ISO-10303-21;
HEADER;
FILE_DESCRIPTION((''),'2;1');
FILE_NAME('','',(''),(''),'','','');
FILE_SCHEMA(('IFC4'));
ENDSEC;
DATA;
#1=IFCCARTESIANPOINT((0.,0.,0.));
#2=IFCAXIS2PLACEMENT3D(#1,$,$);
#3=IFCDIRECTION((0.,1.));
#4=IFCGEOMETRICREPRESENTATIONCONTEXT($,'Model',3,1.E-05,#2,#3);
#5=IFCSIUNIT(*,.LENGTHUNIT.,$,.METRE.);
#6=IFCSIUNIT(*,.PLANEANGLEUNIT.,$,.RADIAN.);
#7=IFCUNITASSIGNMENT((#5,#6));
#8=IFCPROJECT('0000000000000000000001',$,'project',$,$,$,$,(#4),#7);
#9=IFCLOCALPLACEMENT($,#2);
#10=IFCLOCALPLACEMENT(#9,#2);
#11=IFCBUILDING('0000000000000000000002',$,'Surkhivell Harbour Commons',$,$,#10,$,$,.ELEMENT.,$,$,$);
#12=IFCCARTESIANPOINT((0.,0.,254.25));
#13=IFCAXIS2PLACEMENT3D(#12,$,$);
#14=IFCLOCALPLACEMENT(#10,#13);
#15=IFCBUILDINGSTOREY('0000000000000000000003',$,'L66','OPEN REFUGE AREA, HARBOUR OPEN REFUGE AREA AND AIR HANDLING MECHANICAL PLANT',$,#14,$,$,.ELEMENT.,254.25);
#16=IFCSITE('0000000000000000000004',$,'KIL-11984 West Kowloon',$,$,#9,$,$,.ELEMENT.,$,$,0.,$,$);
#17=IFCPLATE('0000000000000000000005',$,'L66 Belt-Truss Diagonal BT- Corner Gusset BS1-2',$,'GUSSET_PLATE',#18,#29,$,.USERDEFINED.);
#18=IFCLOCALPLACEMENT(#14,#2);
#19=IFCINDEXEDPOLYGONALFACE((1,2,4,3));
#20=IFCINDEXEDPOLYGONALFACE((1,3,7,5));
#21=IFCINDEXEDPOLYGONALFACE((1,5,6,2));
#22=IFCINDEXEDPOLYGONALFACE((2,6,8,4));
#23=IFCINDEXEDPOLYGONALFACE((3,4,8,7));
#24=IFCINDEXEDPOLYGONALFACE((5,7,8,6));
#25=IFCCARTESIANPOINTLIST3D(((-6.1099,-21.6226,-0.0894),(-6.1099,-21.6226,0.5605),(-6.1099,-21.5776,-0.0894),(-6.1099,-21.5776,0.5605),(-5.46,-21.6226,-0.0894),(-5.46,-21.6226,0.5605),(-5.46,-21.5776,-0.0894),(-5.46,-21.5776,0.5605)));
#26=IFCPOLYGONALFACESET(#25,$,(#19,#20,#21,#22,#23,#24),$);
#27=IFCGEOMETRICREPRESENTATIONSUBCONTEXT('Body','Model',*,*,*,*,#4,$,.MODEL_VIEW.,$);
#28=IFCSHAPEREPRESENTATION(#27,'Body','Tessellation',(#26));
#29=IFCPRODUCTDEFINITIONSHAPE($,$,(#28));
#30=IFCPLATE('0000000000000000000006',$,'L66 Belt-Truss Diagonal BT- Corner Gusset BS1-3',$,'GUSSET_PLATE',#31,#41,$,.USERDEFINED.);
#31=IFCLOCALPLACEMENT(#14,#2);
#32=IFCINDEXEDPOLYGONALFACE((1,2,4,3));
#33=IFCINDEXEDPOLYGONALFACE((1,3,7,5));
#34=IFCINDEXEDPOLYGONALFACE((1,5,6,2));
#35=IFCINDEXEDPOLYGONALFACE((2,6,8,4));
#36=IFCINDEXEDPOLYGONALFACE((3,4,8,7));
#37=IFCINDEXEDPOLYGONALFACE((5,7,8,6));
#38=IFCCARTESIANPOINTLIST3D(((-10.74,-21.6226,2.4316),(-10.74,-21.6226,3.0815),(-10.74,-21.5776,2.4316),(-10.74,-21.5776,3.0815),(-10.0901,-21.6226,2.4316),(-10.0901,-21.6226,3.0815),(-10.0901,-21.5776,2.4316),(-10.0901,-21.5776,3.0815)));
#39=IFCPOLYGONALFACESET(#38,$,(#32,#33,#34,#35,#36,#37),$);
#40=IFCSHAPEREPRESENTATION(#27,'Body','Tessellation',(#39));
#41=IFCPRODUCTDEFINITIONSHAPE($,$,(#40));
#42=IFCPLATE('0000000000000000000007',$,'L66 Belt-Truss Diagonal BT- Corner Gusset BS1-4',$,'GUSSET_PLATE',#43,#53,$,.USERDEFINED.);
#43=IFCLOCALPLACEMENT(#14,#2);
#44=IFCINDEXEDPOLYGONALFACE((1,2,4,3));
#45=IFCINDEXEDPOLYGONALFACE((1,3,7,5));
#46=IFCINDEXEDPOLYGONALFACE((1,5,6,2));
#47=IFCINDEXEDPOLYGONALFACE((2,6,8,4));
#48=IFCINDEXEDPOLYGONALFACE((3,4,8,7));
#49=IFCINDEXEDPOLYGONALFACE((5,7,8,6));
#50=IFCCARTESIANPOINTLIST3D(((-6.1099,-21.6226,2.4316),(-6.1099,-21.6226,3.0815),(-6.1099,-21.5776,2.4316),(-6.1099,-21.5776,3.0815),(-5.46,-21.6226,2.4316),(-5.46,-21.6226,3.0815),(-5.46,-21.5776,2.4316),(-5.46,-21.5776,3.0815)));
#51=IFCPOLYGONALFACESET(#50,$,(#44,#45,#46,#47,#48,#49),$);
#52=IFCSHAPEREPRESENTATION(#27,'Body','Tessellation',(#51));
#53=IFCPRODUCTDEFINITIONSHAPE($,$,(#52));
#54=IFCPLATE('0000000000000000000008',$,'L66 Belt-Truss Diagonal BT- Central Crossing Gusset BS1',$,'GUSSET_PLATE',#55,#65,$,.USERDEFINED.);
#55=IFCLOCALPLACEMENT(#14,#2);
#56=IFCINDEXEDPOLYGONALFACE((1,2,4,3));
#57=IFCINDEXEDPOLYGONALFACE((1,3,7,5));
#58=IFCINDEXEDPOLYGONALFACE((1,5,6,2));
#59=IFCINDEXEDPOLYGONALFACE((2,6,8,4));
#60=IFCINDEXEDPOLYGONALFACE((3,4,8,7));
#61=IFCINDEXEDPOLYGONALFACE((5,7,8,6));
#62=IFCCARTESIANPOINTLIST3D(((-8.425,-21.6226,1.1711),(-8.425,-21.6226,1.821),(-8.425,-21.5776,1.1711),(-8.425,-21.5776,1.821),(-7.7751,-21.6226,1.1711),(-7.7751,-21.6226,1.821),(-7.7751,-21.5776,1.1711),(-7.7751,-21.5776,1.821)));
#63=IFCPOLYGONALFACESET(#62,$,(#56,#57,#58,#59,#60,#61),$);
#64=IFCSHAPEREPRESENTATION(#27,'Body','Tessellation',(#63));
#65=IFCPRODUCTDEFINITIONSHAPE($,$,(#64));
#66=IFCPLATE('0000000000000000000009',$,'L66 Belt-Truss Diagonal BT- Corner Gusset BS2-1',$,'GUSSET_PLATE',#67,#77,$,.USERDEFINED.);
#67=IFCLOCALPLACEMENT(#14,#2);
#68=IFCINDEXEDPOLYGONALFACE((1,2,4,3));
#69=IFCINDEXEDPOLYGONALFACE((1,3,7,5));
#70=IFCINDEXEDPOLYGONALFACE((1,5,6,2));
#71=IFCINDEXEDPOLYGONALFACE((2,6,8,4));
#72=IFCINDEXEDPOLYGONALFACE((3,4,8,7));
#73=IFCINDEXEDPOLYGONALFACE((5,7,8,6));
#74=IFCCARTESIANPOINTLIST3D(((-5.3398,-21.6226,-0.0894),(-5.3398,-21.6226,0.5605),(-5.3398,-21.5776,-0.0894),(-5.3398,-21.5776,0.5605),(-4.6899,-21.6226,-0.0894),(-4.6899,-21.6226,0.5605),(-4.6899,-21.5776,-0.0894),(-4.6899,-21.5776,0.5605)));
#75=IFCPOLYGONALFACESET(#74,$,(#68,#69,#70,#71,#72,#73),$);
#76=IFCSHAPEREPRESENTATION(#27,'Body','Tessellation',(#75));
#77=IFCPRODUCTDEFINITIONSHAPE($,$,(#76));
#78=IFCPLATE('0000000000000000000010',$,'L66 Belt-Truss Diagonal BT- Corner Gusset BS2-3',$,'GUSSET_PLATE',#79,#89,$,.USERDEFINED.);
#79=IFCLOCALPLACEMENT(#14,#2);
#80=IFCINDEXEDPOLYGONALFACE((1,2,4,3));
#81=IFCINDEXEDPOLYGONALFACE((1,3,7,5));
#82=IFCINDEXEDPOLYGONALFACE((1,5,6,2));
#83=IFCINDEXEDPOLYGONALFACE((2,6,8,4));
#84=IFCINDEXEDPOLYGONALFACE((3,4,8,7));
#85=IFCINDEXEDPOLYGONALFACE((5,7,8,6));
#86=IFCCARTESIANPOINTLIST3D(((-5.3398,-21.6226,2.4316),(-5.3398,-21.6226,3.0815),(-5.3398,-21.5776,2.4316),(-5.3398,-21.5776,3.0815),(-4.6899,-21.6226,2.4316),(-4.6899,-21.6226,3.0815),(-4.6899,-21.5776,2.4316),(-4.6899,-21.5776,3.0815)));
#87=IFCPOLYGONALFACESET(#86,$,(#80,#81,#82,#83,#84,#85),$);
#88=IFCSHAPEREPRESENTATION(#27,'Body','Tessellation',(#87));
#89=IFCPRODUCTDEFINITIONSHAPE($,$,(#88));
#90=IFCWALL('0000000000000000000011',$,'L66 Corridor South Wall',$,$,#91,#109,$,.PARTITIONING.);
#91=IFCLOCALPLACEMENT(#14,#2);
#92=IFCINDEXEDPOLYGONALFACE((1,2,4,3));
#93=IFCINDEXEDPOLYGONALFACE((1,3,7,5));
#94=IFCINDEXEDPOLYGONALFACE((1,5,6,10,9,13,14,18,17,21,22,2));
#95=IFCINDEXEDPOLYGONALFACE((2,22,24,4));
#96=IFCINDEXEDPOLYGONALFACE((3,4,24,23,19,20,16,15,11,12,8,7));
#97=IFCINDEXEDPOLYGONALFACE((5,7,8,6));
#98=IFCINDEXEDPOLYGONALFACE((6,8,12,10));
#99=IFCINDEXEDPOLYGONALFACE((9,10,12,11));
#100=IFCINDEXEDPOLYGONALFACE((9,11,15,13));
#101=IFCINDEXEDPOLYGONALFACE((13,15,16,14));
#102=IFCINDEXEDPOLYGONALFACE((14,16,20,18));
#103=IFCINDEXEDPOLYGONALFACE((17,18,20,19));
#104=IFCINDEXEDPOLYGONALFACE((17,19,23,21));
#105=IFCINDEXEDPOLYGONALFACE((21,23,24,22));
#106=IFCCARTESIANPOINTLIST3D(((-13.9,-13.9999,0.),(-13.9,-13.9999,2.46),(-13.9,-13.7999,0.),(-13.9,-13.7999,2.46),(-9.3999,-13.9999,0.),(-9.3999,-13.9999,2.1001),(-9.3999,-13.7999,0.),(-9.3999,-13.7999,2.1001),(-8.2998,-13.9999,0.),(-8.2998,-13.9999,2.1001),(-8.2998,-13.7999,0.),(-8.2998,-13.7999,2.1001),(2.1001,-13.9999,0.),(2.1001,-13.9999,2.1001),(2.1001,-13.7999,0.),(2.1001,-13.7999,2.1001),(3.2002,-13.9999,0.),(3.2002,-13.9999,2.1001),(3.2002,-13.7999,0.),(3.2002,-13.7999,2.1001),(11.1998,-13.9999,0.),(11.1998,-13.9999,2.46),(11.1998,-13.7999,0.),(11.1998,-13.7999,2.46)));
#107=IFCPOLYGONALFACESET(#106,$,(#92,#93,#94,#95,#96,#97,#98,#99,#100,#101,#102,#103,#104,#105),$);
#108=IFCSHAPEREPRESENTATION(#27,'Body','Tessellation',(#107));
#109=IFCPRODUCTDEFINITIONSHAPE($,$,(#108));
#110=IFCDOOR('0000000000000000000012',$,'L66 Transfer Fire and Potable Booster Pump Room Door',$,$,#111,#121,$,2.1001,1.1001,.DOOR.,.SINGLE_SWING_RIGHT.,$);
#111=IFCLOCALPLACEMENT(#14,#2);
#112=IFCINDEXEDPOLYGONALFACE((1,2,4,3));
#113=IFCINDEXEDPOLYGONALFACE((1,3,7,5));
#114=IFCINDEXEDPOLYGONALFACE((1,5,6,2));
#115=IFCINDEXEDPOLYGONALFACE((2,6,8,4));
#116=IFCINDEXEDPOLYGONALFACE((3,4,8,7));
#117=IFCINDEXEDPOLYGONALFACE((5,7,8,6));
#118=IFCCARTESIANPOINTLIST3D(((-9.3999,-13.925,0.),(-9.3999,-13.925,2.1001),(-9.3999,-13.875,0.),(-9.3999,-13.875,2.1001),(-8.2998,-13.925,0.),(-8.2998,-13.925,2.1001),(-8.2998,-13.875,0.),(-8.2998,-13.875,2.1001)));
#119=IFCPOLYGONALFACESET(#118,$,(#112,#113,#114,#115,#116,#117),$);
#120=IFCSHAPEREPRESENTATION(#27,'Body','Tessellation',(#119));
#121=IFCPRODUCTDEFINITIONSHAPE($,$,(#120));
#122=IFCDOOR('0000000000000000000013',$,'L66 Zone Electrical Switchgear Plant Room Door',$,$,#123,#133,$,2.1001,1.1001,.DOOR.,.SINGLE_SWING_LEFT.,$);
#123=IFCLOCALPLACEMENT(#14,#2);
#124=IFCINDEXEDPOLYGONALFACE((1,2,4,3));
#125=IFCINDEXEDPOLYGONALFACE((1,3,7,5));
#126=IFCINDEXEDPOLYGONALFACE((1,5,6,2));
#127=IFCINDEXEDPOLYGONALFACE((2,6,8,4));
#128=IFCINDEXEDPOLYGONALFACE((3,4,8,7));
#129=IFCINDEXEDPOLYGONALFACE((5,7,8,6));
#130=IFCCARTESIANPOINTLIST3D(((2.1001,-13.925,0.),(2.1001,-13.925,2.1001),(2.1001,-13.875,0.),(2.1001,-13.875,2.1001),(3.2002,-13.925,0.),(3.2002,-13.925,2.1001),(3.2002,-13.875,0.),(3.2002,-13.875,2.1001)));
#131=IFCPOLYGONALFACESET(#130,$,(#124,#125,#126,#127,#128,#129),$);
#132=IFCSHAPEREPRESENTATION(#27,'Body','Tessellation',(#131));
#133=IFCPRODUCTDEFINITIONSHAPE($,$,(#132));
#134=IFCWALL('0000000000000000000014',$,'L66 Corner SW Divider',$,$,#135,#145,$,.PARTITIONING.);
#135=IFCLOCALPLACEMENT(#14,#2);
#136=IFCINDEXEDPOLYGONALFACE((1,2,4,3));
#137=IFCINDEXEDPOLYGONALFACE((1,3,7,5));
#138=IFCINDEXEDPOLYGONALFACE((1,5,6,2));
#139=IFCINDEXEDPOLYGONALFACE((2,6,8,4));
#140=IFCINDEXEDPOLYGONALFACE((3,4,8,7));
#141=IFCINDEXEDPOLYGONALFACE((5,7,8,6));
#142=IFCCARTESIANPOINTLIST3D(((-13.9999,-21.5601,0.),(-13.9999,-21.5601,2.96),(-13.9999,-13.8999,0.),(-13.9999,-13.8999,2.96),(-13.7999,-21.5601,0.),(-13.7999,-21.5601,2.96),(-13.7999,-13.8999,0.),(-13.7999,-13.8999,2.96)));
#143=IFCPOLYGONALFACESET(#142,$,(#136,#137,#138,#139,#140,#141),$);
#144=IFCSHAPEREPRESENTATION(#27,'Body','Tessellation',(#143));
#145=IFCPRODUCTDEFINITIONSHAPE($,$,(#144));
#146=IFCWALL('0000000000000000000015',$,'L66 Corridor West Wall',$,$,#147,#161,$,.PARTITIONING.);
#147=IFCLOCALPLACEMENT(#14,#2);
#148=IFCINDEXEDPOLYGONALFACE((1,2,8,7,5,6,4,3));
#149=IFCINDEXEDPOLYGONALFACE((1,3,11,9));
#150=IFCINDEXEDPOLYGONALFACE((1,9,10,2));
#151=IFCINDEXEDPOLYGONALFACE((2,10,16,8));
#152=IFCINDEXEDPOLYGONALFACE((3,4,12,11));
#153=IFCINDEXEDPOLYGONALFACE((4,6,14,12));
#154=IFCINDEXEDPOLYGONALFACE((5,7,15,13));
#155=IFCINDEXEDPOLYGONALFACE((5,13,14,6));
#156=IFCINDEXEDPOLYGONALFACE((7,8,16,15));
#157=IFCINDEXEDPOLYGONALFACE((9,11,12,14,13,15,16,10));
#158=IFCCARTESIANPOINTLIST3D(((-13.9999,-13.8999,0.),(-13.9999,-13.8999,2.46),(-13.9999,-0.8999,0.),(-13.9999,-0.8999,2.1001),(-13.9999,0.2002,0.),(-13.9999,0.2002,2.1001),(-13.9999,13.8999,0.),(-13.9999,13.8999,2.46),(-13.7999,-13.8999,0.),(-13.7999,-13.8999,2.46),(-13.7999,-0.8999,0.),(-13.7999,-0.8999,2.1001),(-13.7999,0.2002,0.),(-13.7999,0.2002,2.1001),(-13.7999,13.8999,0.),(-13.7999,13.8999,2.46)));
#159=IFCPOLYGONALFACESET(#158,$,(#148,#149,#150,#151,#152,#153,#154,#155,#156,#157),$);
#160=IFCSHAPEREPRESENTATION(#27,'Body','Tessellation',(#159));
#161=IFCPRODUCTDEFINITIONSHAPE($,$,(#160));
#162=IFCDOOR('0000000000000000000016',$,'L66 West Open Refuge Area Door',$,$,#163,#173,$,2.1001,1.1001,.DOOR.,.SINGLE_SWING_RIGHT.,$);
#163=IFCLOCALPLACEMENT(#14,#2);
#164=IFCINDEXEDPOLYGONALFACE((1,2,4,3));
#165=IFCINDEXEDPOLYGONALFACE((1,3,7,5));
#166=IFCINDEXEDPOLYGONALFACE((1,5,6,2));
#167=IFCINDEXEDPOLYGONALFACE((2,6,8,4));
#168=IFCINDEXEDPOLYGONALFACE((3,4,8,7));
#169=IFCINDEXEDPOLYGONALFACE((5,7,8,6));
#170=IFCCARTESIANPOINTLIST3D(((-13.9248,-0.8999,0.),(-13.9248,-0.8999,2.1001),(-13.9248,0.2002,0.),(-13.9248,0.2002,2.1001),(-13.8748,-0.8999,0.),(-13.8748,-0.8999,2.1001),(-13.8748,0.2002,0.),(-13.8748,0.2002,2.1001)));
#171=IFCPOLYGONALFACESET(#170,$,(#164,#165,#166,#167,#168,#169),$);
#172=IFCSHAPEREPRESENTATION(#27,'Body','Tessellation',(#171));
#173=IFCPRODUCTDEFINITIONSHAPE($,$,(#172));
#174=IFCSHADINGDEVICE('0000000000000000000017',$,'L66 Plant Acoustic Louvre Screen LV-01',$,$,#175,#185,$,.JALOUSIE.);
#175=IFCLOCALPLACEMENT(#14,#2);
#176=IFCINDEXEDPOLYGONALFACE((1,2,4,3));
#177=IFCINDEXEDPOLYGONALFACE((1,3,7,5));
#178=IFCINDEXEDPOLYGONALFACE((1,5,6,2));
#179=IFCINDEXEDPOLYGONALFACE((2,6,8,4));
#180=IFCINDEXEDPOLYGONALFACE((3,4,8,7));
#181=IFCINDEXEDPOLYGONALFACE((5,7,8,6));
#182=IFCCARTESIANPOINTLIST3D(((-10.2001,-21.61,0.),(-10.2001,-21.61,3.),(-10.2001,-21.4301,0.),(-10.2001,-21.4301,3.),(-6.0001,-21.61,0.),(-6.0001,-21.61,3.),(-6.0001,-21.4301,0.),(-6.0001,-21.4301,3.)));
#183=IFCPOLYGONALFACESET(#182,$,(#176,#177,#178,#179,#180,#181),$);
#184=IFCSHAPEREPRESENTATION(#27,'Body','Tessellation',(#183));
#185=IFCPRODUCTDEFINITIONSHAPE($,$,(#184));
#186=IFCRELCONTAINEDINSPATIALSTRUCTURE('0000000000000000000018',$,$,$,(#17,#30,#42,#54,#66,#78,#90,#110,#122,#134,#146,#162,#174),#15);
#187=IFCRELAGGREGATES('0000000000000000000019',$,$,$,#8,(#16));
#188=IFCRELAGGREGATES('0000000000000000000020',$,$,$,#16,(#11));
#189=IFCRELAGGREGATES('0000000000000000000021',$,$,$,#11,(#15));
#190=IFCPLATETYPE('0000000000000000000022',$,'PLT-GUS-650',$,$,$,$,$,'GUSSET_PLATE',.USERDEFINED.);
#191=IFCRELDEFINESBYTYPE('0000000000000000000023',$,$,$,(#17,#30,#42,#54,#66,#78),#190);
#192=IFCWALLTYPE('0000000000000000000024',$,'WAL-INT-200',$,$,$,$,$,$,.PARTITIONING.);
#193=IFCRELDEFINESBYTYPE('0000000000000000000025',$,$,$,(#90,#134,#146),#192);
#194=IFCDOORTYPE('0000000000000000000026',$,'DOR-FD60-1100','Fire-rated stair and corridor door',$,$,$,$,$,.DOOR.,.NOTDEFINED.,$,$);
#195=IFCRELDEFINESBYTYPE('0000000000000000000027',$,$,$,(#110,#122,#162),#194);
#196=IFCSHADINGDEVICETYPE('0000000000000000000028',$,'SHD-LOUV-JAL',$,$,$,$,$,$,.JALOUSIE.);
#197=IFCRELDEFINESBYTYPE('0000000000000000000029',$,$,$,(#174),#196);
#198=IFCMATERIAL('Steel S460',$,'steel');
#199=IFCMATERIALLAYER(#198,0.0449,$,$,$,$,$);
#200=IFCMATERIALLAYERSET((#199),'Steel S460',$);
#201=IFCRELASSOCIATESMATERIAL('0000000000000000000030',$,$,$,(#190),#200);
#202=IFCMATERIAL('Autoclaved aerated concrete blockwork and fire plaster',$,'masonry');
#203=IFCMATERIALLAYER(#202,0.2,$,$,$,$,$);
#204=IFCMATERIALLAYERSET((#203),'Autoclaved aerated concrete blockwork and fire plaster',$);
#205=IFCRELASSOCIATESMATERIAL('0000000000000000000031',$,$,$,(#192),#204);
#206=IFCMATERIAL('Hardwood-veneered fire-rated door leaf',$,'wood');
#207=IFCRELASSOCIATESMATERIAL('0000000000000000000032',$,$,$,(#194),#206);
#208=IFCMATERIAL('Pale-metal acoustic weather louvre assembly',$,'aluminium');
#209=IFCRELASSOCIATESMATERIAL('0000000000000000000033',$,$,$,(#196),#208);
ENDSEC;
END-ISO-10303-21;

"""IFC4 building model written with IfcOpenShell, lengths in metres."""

from ifc_helpers import new_model, si_unit, direction, frame, frame_2d, origin, origin_2d, place, context, subcontext, project, spatial, rectangle, extrude, material, layer, layer_set, type_object, element, fill, save


model = new_model("IFC4")

# Units and contexts
model_context = context("Model", 3, precision=1e-05, world=origin(), true_north=direction((0.0, 1.0)))
body_context = subcontext(model_context, "Body", "Model", "MODEL_VIEW")
ifc_project = project(units=[si_unit("LENGTHUNIT", "METRE"), si_unit("PLANEANGLEUNIT", "RADIAN")], contexts=[model_context])

# Site, building, storey
site_placement = place(None, origin())
site = spatial("IfcSite", under=ifc_project, at=site_placement, Name="KIL-11984 West Kowloon", CompositionType="ELEMENT", RefElevation=0.0)
building_placement = place(site_placement, origin())
building = spatial("IfcBuilding", under=site, at=building_placement, Name="Surkhivell Harbour Commons", CompositionType="ELEMENT")
storey_placement = place(building_placement, frame((0.0, 0.0, 254.25)))
storey = spatial("IfcBuildingStorey", under=building, at=storey_placement, Name="L66", Description="OPEN REFUGE AREA, HARBOUR OPEN REFUGE AREA AND AIR HANDLING MECHANICAL PLANT", CompositionType="ELEMENT", Elevation=254.25)

# Shared definitions
ifc_material_1 = material(Name="Steel S460", Category="steel")

# Plates
ifc_layer_1 = layer(ifc_material_1, 0.0449)
ifc_layer_set_1 = layer_set([ifc_layer_1], Name="Steel S460")
plate_type = type_object("IfcPlateType", Name="PLT-GUS-650", ElementType="GUSSET_PLATE", PredefinedType="USERDEFINED", material=ifc_layer_set_1)
for number, where, z_axis, x_axis, name in (
    (1, (-5.7849, -21.6001, -0.0894), (0.0, 0.0, 1.0), (1.0, 0.0, 0.0), "L66 Belt-Truss Diagonal BT- Corner Gusset BS1-2"),
    (2, (-10.415, -21.6001, 2.4316), (0.0, 0.0, 1.0), (1.0, 0.0, 0.0), "L66 Belt-Truss Diagonal BT- Corner Gusset BS1-3"),
    (3, (-5.7849, -21.6001, 2.4316), (0.0, 0.0, 1.0), (1.0, 0.0, 0.0), "L66 Belt-Truss Diagonal BT- Corner Gusset BS1-4"),
    (4, (-8.1001, -21.6001, 1.1711), (0.0, 0.0, 1.0), (1.0, 0.0, 0.0), "L66 Belt-Truss Diagonal BT- Central Crossing Gusset BS1"),
    (5, (-5.0149, -21.6001, -0.0894), (0.0, 0.0, 1.0), (1.0, 0.0, 0.0), "L66 Belt-Truss Diagonal BT- Corner Gusset BS2-1"),
    (6, (-5.0149, -21.6001, 2.4316), (0.0, 0.0, 1.0), (1.0, 0.0, 0.0), "L66 Belt-Truss Diagonal BT- Corner Gusset BS2-3"),
):
    element("IfcPlate", number, at=place(storey_placement, frame(where, z_axis=z_axis, x_axis=x_axis)), inside=storey, type_object=plate_type, Name=name, ObjectType="GUSSET_PLATE", PredefinedType="USERDEFINED", context=body_context, shape_type="SweptSolid", body=[
        extrude(rectangle(XDim=0.6499, YDim=0.0449, at=origin_2d()), origin(), (0.0, 0.0, 1.0), 0.6499),
    ])

# Wall, openings, doors
ifc_material_2 = material(Name="Autoclaved aerated concrete blockwork and fire plaster", Category="masonry")
ifc_layer_2 = layer(ifc_material_2, 0.2)
ifc_layer_set_2 = layer_set([ifc_layer_2], Name="Autoclaved aerated concrete blockwork and fire plaster")
wall_type = type_object("IfcWallType", Name="WAL-INT-200", PredefinedType="PARTITIONING", material=ifc_layer_set_2)
wall_1_placement = place(storey_placement, frame((-13.8999, -13.8999, 0.0), z_axis=(0.0, 0.0, 1.0), x_axis=(1.0, 0.0, 0.0)))
wall_1 = element("IfcWall", 7, at=wall_1_placement, inside=storey, type_object=wall_type, Name="L66 Corridor South Wall", PredefinedType="PARTITIONING", context=body_context, shape_type="SweptSolid", body=[
    extrude(rectangle(XDim=25.0999, YDim=0.2, at=frame_2d((12.5498, 0.0))), origin(), (0.0, 0.0, 1.0), 2.46),
])
opening_1_placement = place(wall_1_placement, frame((4.5, 0.0, 0.0)))
opening_1 = element("IfcOpeningElement", 8, at=opening_1_placement, cuts=wall_1, PredefinedType="OPENING", context=body_context, shape_type="SweptSolid", body=[
    extrude(rectangle(XDim=1.1001, YDim=2.1001, at=frame_2d((0.55, 1.05))), frame((0.0, 0.1099, 0.0), z_axis=(0.0, -1.0, 0.0), x_axis=(1.0, 0.0, 0.0)), (0.0, 0.0, 1.0), 0.22),
])
opening_2_placement = place(wall_1_placement, frame((16.0, 0.0, 0.0)))
opening_2 = element("IfcOpeningElement", 9, at=opening_2_placement, cuts=wall_1, PredefinedType="OPENING", context=body_context, shape_type="SweptSolid", body=[
    extrude(rectangle(XDim=1.1001, YDim=2.1001, at=frame_2d((0.55, 1.05))), frame((0.0, 0.1099, 0.0), z_axis=(0.0, -1.0, 0.0), x_axis=(1.0, 0.0, 0.0)), (0.0, 0.0, 1.0), 0.22),
])
ifc_material_3 = material(Name="Hardwood-veneered fire-rated door leaf", Category="wood")
door_type = type_object("IfcDoorType", Name="DOR-FD60-1100", Description="Fire-rated stair and corridor door", OperationType="NOTDEFINED", PredefinedType="DOOR", material=ifc_material_3)
door_1_placement = place(opening_1_placement, origin())
door_1 = element("IfcDoor", 10, at=door_1_placement, inside=storey, type_object=door_type, Name="L66 Transfer Fire and Potable Booster Pump Room Door", OperationType="SINGLE_SWING_RIGHT", OverallHeight=2.1001, OverallWidth=1.1001, PredefinedType="DOOR", context=body_context, shape_type="SweptSolid", body=[
    extrude(rectangle(XDim=1.1001, YDim=2.1001, at=frame_2d((0.55, 1.05))), frame((0.0, 0.0249, 0.0), z_axis=(0.0, -1.0, 0.0), x_axis=(1.0, 0.0, 0.0)), (0.0, 0.0, 1.0), 0.05),
])
fill(opening_1, door_1)
door_2_placement = place(opening_2_placement, origin())
door_2 = element("IfcDoor", 11, at=door_2_placement, inside=storey, type_object=door_type, Name="L66 Zone Electrical Switchgear Plant Room Door", OperationType="SINGLE_SWING_LEFT", OverallHeight=2.1001, OverallWidth=1.1001, PredefinedType="DOOR", context=body_context, shape_type="SweptSolid", body=[
    extrude(rectangle(XDim=1.1001, YDim=2.1001, at=frame_2d((0.55, 1.05))), frame((0.0, 0.0249, 0.0), z_axis=(0.0, -1.0, 0.0), x_axis=(1.0, 0.0, 0.0)), (0.0, 0.0, 1.0), 0.05),
])
fill(opening_2, door_2)

# Wall
wall_2_placement = place(storey_placement, frame((-13.8999, -21.5601, 0.0), z_axis=(0.0, 0.0, 1.0), x_axis=(0.0, 1.0, 0.0)))
element("IfcWall", 12, at=wall_2_placement, inside=storey, type_object=wall_type, Name="L66 Corner SW Divider", PredefinedType="PARTITIONING", context=body_context, shape_type="SweptSolid", body=[
    extrude(rectangle(XDim=7.6602, YDim=0.2, at=frame_2d((3.8301, 0.0))), origin(), (0.0, 0.0, 1.0), 2.96),
])

# Wall, opening, door
wall_3_placement = place(storey_placement, frame((-13.8999, -13.8999, 0.0), z_axis=(0.0, 0.0, 1.0), x_axis=(0.0, 1.0, 0.0)))
wall_3 = element("IfcWall", 13, at=wall_3_placement, inside=storey, type_object=wall_type, Name="L66 Corridor West Wall", PredefinedType="PARTITIONING", context=body_context, shape_type="SweptSolid", body=[
    extrude(rectangle(XDim=27.7998, YDim=0.2, at=frame_2d((13.8999, 0.0))), origin(), (0.0, 0.0, 1.0), 2.46),
])
opening_3_placement = place(wall_3_placement, frame((13.0, 0.0, 0.0)))
opening_3 = element("IfcOpeningElement", 14, at=opening_3_placement, cuts=wall_3, PredefinedType="OPENING", context=body_context, shape_type="SweptSolid", body=[
    extrude(rectangle(XDim=1.1001, YDim=2.1001, at=frame_2d((0.55, 1.05))), frame((0.0, 0.1099, 0.0), z_axis=(0.0, -1.0, 0.0), x_axis=(1.0, 0.0, 0.0)), (0.0, 0.0, 1.0), 0.22),
])
door_3_placement = place(opening_3_placement, origin())
door_3 = element("IfcDoor", 15, at=door_3_placement, inside=storey, type_object=door_type, Name="L66 West Open Refuge Area Door", OperationType="SINGLE_SWING_RIGHT", OverallHeight=2.1001, OverallWidth=1.1001, PredefinedType="DOOR", context=body_context, shape_type="SweptSolid", body=[
    extrude(rectangle(XDim=1.1001, YDim=2.1001, at=frame_2d((0.55, 1.05))), frame((0.0, 0.0249, 0.0), z_axis=(0.0, -1.0, 0.0), x_axis=(1.0, 0.0, 0.0)), (0.0, 0.0, 1.0), 0.05),
])
fill(opening_3, door_3)

# Shading device
ifc_material_4 = material(Name="Pale-metal acoustic weather louvre assembly", Category="aluminium")
shading_device_type = type_object("IfcShadingDeviceType", Name="SHD-LOUV-JAL", PredefinedType="JALOUSIE", material=ifc_material_4)
shading_device_placement = place(storey_placement, frame((-8.1001, -21.52, 0.0), z_axis=(0.0, 0.0, 1.0), x_axis=(1.0, 0.0, 0.0)))
element("IfcShadingDevice", 16, at=shading_device_placement, inside=storey, type_object=shading_device_type, Name="L66 Plant Acoustic Louvre Screen LV-01", PredefinedType="JALOUSIE", context=body_context, shape_type="SweptSolid", body=[
    extrude(rectangle(XDim=4.2, YDim=0.1799, at=origin_2d()), origin(), (0.0, 0.0, 1.0), 3.0),
])

save(model, "model.ifc")
